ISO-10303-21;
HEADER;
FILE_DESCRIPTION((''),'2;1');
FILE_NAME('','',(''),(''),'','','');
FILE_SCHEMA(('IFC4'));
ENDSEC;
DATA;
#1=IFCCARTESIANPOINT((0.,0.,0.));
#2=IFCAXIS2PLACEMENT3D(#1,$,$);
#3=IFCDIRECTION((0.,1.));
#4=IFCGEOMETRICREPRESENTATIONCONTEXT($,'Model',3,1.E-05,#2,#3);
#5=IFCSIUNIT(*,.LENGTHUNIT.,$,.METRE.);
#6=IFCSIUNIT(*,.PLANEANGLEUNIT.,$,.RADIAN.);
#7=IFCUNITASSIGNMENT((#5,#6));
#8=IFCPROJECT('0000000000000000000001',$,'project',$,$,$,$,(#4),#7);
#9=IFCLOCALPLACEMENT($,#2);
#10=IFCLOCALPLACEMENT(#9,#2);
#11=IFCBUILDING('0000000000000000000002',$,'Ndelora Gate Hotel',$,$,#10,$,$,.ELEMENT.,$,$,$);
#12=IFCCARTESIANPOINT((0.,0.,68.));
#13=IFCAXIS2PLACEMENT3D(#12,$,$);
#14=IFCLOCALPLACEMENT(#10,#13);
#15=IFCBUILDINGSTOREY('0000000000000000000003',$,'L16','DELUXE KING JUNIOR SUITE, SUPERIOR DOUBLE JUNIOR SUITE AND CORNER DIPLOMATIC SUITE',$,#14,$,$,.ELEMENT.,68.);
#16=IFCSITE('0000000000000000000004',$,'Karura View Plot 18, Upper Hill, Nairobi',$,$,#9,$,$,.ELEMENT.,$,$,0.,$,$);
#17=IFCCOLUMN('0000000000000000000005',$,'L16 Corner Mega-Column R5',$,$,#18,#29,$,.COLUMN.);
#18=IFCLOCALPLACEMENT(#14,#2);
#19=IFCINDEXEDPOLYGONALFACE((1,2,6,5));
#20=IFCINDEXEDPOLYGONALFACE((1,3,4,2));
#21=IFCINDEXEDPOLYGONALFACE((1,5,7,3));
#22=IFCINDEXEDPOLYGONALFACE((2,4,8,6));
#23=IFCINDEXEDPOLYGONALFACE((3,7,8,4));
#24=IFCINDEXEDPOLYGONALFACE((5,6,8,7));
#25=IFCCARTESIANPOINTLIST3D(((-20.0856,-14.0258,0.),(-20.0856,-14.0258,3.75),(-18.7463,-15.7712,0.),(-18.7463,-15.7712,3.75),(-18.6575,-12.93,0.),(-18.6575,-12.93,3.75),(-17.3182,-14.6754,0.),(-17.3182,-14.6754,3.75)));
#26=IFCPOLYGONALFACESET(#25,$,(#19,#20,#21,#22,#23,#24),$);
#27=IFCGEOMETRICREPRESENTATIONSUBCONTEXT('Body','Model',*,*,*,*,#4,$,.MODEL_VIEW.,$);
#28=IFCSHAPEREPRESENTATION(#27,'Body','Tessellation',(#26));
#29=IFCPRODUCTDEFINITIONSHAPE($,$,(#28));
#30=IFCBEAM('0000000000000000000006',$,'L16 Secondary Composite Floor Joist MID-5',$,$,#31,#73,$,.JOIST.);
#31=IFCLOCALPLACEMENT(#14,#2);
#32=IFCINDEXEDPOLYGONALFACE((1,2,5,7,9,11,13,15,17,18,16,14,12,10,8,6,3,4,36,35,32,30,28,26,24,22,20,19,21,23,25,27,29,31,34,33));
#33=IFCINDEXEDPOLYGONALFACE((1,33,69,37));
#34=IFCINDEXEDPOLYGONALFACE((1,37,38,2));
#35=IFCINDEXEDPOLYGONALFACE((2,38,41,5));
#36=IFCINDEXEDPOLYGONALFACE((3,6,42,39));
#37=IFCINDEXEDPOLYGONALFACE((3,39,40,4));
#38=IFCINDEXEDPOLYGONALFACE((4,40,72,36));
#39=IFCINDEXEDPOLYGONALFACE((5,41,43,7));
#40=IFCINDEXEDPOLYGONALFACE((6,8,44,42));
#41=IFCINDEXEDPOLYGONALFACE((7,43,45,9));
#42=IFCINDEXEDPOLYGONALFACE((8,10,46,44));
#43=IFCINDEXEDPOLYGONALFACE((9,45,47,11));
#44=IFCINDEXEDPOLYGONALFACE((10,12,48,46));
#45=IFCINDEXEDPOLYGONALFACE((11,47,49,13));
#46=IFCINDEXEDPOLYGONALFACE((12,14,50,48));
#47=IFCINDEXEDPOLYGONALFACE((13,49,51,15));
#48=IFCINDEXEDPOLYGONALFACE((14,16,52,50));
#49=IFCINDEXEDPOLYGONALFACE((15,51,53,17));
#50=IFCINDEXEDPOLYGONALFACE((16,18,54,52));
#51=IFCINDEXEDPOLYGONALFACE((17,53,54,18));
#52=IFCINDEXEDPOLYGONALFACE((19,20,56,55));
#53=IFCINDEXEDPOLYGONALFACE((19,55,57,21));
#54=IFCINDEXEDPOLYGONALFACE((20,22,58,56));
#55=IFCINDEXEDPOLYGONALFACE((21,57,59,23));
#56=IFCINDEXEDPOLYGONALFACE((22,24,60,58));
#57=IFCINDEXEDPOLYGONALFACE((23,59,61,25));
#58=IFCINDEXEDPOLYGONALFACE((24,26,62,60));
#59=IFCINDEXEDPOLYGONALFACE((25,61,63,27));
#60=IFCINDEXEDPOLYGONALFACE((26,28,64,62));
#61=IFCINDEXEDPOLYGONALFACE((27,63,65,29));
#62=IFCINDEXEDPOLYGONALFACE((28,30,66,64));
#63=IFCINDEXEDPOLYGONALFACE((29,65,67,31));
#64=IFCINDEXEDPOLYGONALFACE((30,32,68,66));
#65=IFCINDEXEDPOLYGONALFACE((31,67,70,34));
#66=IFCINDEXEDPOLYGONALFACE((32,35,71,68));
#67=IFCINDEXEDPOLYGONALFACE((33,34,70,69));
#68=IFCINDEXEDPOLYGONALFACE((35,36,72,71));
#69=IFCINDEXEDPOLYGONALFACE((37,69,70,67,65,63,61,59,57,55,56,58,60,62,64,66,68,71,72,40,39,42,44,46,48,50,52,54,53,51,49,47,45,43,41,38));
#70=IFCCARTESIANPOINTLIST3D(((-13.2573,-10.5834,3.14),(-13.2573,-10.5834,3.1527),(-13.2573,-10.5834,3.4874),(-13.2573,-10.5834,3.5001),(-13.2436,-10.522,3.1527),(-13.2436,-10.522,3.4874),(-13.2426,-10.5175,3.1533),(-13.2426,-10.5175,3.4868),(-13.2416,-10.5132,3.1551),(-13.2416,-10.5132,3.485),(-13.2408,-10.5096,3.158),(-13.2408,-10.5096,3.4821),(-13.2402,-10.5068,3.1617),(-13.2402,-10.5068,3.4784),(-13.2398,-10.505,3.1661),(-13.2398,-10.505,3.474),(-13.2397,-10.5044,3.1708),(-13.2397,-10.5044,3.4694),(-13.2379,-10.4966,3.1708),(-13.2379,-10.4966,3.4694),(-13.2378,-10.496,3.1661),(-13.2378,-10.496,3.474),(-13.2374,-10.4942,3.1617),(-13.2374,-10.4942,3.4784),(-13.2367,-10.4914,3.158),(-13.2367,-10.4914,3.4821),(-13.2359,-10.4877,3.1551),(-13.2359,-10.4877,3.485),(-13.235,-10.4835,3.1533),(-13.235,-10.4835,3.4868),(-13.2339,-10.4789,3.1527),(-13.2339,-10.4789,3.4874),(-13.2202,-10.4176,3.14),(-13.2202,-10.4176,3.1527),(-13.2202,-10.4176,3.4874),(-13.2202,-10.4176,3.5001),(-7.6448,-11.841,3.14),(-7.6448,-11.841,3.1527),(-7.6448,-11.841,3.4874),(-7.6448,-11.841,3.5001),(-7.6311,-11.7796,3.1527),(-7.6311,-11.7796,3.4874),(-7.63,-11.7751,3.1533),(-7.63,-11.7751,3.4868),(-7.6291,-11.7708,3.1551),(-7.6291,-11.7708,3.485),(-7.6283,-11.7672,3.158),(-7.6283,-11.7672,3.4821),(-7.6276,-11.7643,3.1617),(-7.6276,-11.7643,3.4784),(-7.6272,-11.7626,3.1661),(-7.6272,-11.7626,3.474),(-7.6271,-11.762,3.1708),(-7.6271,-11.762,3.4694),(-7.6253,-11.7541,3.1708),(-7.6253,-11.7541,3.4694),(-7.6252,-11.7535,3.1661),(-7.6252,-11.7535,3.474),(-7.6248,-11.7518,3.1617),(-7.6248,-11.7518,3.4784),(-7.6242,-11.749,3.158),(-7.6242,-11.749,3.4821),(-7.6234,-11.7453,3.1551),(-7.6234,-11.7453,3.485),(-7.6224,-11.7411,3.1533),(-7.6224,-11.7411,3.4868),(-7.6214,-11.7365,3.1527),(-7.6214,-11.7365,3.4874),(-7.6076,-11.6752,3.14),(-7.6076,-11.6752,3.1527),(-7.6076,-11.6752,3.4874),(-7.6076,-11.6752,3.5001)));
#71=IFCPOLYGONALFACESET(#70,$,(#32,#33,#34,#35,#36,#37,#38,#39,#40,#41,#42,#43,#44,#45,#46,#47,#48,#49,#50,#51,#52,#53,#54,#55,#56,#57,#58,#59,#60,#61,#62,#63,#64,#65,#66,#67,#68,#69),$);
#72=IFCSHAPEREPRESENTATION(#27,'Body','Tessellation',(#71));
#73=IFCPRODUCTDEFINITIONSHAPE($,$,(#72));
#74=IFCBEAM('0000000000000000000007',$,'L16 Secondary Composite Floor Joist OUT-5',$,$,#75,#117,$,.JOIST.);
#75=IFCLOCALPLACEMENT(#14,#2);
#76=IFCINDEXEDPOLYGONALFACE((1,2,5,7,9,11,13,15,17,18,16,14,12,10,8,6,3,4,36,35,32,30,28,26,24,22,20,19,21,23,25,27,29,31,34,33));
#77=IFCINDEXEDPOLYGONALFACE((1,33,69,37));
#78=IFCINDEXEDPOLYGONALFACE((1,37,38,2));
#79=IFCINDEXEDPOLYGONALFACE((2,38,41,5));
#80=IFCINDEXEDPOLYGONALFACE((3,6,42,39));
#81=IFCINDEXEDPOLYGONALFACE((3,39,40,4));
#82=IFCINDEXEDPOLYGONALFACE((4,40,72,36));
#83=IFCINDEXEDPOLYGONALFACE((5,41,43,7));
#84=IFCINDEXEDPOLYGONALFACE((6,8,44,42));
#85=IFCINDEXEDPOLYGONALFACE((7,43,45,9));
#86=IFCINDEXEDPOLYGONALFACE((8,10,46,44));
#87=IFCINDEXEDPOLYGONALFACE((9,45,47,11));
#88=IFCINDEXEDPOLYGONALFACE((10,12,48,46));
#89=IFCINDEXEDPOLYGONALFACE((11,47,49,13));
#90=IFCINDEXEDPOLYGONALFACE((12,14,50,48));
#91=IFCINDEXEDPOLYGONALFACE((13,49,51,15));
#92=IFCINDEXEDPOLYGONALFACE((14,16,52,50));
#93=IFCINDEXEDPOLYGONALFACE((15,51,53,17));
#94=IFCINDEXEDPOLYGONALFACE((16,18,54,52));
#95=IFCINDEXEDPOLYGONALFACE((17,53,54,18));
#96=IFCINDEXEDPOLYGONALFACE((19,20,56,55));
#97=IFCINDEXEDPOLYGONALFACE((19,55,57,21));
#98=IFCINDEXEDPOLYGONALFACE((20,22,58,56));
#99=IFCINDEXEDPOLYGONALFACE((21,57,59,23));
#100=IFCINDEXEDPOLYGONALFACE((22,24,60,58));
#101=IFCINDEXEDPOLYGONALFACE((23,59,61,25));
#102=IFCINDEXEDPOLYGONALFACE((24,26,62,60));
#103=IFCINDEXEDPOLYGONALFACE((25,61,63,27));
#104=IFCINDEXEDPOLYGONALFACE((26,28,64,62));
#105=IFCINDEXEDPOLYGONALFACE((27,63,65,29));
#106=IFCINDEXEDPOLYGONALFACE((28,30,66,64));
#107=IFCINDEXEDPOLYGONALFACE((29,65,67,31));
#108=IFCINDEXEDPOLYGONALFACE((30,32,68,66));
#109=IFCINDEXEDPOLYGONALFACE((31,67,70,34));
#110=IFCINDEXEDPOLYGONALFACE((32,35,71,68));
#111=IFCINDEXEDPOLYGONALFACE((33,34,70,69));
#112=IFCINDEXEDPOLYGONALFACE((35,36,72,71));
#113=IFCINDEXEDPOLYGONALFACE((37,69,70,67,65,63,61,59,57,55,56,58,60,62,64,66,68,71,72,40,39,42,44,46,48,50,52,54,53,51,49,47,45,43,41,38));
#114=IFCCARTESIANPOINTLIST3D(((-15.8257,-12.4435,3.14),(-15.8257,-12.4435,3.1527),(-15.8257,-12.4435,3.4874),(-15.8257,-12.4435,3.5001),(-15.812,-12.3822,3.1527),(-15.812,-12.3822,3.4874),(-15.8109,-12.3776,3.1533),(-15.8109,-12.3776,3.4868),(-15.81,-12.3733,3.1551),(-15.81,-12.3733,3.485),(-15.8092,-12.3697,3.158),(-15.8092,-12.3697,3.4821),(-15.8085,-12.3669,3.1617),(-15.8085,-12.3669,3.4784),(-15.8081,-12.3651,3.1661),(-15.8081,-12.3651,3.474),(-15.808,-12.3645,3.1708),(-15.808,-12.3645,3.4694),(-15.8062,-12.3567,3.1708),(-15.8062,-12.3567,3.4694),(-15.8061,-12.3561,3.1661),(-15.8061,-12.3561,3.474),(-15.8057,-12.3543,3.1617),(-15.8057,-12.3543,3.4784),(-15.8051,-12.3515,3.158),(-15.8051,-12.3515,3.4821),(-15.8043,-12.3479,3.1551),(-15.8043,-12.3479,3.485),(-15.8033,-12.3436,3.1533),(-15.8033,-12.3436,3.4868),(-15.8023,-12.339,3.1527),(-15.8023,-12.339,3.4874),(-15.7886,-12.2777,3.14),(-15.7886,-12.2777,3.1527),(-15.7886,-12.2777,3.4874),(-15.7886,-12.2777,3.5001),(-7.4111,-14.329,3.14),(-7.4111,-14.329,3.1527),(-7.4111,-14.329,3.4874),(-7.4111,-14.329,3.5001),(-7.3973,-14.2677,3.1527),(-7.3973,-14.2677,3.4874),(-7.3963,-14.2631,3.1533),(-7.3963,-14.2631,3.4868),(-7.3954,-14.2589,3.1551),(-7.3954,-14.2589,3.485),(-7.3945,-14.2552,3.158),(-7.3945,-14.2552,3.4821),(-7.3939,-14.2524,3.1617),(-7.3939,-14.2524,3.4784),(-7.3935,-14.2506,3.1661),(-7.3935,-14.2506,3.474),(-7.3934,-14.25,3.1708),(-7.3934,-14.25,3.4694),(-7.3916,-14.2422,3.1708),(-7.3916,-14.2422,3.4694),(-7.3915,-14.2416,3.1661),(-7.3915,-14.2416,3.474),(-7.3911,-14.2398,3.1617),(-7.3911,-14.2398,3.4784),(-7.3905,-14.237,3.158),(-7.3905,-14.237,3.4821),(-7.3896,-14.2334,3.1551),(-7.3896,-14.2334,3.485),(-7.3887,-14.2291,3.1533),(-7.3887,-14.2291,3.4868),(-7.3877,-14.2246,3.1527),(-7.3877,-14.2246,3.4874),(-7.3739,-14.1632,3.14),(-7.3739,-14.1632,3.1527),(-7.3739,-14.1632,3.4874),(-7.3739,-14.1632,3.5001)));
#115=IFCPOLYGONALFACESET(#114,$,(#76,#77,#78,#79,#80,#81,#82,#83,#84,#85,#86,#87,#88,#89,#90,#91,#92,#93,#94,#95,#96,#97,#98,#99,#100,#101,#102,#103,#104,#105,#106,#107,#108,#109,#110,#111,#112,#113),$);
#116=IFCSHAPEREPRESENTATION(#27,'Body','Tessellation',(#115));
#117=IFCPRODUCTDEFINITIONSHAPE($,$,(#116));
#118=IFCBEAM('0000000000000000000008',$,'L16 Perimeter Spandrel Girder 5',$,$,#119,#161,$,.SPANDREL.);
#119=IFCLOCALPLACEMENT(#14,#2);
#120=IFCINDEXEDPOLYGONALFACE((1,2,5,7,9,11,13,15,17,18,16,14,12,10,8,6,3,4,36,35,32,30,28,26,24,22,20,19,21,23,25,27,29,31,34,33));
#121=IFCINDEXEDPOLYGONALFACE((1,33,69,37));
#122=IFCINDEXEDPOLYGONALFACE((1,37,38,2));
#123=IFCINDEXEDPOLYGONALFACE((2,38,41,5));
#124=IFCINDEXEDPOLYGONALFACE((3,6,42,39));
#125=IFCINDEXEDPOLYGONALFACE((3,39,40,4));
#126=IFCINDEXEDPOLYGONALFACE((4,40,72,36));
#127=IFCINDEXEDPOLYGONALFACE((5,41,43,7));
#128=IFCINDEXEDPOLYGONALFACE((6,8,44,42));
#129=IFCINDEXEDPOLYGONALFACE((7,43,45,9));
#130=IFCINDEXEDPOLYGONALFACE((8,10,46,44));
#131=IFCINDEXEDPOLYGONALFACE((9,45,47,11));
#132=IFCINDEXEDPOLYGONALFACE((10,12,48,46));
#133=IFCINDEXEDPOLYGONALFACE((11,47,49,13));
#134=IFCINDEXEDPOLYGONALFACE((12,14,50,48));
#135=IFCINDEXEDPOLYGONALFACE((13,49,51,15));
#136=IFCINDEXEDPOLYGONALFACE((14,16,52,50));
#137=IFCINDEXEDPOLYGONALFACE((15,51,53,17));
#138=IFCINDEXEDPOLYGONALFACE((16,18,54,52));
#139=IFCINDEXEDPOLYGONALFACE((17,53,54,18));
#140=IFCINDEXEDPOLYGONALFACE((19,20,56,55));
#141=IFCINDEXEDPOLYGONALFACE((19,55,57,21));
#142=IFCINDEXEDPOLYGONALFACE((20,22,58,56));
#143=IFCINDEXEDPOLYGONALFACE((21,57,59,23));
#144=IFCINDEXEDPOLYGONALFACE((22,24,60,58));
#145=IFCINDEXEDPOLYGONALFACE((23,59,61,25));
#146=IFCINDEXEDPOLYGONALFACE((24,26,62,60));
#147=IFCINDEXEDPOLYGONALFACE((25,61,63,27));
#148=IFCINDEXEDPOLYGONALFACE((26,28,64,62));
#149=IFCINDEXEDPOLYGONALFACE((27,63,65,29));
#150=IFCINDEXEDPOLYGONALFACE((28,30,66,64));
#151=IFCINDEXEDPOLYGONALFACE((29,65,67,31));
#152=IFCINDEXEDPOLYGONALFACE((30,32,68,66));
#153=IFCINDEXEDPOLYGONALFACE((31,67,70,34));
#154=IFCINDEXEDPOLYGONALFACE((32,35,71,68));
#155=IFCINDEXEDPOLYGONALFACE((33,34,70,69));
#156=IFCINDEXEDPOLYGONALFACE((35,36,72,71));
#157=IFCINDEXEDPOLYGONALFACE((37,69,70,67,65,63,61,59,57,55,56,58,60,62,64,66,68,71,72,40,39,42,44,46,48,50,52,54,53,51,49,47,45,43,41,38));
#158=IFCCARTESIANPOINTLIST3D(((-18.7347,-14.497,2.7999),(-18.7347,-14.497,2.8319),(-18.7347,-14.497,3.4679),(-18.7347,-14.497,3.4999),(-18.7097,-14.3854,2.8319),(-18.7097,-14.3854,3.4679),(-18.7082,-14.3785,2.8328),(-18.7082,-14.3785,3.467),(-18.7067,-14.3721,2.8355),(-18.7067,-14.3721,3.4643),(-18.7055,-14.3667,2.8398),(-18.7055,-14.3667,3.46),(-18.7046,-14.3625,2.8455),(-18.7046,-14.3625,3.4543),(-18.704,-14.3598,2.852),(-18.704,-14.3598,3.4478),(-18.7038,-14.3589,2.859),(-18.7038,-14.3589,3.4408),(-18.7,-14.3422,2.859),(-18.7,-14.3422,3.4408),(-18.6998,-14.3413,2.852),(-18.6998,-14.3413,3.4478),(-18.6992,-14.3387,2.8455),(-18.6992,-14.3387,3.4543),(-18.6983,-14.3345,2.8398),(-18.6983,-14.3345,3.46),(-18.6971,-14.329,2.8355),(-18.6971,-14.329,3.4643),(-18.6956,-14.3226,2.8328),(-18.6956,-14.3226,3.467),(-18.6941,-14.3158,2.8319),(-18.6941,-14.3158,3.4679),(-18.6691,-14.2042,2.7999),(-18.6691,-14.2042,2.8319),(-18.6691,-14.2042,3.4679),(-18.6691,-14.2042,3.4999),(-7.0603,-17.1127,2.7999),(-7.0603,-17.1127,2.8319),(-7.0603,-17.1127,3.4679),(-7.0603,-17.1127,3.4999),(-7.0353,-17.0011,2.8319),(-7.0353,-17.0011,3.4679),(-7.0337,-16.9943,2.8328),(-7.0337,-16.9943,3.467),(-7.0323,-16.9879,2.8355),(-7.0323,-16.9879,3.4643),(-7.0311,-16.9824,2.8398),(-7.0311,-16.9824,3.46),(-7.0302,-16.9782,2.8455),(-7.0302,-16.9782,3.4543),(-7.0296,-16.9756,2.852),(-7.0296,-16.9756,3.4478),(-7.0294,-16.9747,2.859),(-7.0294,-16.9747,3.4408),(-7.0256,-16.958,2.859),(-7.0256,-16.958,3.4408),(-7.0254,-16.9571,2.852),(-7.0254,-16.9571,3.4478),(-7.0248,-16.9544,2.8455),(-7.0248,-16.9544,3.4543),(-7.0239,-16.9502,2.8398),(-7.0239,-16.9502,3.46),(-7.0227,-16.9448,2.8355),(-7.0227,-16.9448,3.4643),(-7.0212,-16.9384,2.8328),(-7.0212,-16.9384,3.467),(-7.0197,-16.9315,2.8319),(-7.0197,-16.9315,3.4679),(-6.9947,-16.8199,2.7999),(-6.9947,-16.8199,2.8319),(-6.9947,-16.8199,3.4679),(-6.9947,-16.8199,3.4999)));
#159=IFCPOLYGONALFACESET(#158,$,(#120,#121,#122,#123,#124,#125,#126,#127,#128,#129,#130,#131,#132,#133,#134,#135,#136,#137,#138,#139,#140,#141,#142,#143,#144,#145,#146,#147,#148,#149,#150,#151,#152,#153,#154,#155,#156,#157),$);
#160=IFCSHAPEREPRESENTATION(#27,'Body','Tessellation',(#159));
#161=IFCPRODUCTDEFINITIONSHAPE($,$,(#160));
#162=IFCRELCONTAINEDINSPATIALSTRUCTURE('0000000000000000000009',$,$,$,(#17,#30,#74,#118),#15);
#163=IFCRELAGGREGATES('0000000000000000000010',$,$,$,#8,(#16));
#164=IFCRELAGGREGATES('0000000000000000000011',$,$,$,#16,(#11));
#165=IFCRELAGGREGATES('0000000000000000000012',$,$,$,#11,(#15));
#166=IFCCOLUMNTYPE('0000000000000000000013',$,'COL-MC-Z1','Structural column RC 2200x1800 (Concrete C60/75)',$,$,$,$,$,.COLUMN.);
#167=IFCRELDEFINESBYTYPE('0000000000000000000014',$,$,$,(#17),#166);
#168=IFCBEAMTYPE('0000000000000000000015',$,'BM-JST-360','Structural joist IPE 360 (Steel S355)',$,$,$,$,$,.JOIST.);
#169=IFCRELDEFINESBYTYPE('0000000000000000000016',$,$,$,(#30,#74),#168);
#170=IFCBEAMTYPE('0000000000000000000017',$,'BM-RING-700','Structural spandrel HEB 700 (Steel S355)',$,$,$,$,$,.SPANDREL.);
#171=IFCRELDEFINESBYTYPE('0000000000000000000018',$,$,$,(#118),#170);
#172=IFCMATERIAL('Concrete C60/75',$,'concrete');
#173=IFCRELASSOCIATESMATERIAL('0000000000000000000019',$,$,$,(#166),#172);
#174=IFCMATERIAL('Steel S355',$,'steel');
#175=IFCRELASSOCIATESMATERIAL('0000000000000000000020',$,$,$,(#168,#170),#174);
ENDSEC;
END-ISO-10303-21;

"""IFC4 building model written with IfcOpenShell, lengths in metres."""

from ifc_helpers import new_model, si_unit, direction, frame, origin, origin_2d, place, context, subcontext, project, spatial, rectangle, i_section, extrude, material, material_profile, profile_set, type_object, element, save


model = new_model("IFC4")

# Units and contexts
model_context = context("Model", 3, precision=1e-05, world=origin(), true_north=direction((0.0, 1.0)))
body_context = subcontext(model_context, "Body", "Model", "MODEL_VIEW")
ifc_project = project(units=[si_unit("LENGTHUNIT", "METRE"), si_unit("PLANEANGLEUNIT", "RADIAN")], contexts=[model_context])

# Site, building, storey
site_placement = place(None, origin())
site = spatial("IfcSite", under=ifc_project, at=site_placement, Name="Karura View Plot 18, Upper Hill, Nairobi", CompositionType="ELEMENT", RefElevation=0.0)
building_placement = place(site_placement, origin())
building = spatial("IfcBuilding", under=site, at=building_placement, Name="Ndelora Gate Hotel", CompositionType="ELEMENT")
storey_placement = place(building_placement, frame((0.0, 0.0, 68.0)))
storey = spatial("IfcBuildingStorey", under=building, at=storey_placement, Name="L16", Description="DELUXE KING JUNIOR SUITE, SUPERIOR DOUBLE JUNIOR SUITE AND CORNER DIPLOMATIC SUITE", CompositionType="ELEMENT", Elevation=68.0)

# Column
ifc_material_1 = material(Name="Concrete C60/75", Category="concrete")
ifc_material_profile_1 = material_profile(ifc_material_1, rectangle(XDim=1.8, YDim=2.2, at=origin_2d()), Name="RC 2200x1800")
ifc_profile_set_1 = profile_set([ifc_material_profile_1], Name="Concrete C60/75")
column_type = type_object("IfcColumnType", Name="COL-MC-Z1", Description="Structural column RC 2200x1800 (Concrete C60/75)", PredefinedType="COLUMN", material=ifc_profile_set_1)
column_placement = place(storey_placement, frame((-18.7019, -14.3506, 0.0), z_axis=(0.0, 0.0, 1.0), x_axis=(0.793353, 0.608761, 0.0)))
element("IfcColumn", 1, at=column_placement, inside=storey, type_object=column_type, Name="L16 Corner Mega-Column R5", PredefinedType="COLUMN", context=body_context, shape_type="SweptSolid", body=[
    extrude(rectangle(XDim=1.8, YDim=2.2, at=origin_2d()), origin(), (0.0, 0.0, 1.0), 3.75),
])

# Beams
ifc_material_2 = material(Name="Steel S355", Category="steel")
ifc_material_profile_2 = material_profile(ifc_material_2, i_section(OverallWidth=0.1699, OverallDepth=0.3601, WebThickness=0.0081, FlangeThickness=0.0127, FilletRadius=0.0181, at=origin_2d()), Name="IPE 360")
ifc_profile_set_2 = profile_set([ifc_material_profile_2], Name="Steel S355")
beam_type_1 = type_object("IfcBeamType", Name="BM-JST-360", Description="Structural joist IPE 360 (Steel S355)", PredefinedType="JOIST", material=ifc_profile_set_2)
beam_1_placement = place(storey_placement, frame((-13.2388, -10.5005, 3.3201), z_axis=(0.975805, -0.218642, 0.0), x_axis=(0.218642, 0.975805, 0.0)))
element("IfcBeam", 2, at=beam_1_placement, inside=storey, type_object=beam_type_1, Name="L16 Secondary Composite Floor Joist MID-5", PredefinedType="JOIST", context=body_context, shape_type="SweptSolid", body=[
    extrude(i_section(OverallWidth=0.1699, OverallDepth=0.3601, WebThickness=0.0081, FlangeThickness=0.0127, FilletRadius=0.0181, at=origin_2d()), origin(), (0.0, 0.0, 1.0), 5.7517),
])
beam_2_placement = place(storey_placement, frame((-15.8071, -12.3606, 3.3201), z_axis=(0.975802, -0.218654, 0.0), x_axis=(0.218654, 0.975802, 0.0)))
element("IfcBeam", 3, at=beam_2_placement, inside=storey, type_object=beam_type_1, Name="L16 Secondary Composite Floor Joist OUT-5", PredefinedType="JOIST", context=body_context, shape_type="SweptSolid", body=[
    extrude(i_section(OverallWidth=0.1699, OverallDepth=0.3601, WebThickness=0.0081, FlangeThickness=0.0127, FilletRadius=0.0181, at=origin_2d()), origin(), (0.0, 0.0, 1.0), 8.6233),
])
ifc_material_profile_3 = material_profile(ifc_material_2, i_section(OverallWidth=0.3, OverallDepth=0.7, WebThickness=0.0171, FlangeThickness=0.032, FilletRadius=0.0271, at=origin_2d()), Name="HEB 700")
ifc_profile_set_3 = profile_set([ifc_material_profile_3], Name="Steel S355")
beam_type_2 = type_object("IfcBeamType", Name="BM-RING-700", Description="Structural spandrel HEB 700 (Steel S355)", PredefinedType="SPANDREL", material=ifc_profile_set_3)
beam_3_placement = place(storey_placement, frame((-18.7019, -14.3506, 3.1499), z_axis=(0.975806, -0.218637, 0.0), x_axis=(0.218637, 0.975806, 0.0)))
element("IfcBeam", 4, at=beam_3_placement, inside=storey, type_object=beam_type_2, Name="L16 Perimeter Spandrel Girder 5", PredefinedType="SPANDREL", context=body_context, shape_type="SweptSolid", body=[
    extrude(i_section(OverallWidth=0.3, OverallDepth=0.7, WebThickness=0.0171, FlangeThickness=0.032, FilletRadius=0.0271, at=origin_2d()), origin(), (0.0, 0.0, 1.0), 11.9639),
])

save(model, "model.ifc")
